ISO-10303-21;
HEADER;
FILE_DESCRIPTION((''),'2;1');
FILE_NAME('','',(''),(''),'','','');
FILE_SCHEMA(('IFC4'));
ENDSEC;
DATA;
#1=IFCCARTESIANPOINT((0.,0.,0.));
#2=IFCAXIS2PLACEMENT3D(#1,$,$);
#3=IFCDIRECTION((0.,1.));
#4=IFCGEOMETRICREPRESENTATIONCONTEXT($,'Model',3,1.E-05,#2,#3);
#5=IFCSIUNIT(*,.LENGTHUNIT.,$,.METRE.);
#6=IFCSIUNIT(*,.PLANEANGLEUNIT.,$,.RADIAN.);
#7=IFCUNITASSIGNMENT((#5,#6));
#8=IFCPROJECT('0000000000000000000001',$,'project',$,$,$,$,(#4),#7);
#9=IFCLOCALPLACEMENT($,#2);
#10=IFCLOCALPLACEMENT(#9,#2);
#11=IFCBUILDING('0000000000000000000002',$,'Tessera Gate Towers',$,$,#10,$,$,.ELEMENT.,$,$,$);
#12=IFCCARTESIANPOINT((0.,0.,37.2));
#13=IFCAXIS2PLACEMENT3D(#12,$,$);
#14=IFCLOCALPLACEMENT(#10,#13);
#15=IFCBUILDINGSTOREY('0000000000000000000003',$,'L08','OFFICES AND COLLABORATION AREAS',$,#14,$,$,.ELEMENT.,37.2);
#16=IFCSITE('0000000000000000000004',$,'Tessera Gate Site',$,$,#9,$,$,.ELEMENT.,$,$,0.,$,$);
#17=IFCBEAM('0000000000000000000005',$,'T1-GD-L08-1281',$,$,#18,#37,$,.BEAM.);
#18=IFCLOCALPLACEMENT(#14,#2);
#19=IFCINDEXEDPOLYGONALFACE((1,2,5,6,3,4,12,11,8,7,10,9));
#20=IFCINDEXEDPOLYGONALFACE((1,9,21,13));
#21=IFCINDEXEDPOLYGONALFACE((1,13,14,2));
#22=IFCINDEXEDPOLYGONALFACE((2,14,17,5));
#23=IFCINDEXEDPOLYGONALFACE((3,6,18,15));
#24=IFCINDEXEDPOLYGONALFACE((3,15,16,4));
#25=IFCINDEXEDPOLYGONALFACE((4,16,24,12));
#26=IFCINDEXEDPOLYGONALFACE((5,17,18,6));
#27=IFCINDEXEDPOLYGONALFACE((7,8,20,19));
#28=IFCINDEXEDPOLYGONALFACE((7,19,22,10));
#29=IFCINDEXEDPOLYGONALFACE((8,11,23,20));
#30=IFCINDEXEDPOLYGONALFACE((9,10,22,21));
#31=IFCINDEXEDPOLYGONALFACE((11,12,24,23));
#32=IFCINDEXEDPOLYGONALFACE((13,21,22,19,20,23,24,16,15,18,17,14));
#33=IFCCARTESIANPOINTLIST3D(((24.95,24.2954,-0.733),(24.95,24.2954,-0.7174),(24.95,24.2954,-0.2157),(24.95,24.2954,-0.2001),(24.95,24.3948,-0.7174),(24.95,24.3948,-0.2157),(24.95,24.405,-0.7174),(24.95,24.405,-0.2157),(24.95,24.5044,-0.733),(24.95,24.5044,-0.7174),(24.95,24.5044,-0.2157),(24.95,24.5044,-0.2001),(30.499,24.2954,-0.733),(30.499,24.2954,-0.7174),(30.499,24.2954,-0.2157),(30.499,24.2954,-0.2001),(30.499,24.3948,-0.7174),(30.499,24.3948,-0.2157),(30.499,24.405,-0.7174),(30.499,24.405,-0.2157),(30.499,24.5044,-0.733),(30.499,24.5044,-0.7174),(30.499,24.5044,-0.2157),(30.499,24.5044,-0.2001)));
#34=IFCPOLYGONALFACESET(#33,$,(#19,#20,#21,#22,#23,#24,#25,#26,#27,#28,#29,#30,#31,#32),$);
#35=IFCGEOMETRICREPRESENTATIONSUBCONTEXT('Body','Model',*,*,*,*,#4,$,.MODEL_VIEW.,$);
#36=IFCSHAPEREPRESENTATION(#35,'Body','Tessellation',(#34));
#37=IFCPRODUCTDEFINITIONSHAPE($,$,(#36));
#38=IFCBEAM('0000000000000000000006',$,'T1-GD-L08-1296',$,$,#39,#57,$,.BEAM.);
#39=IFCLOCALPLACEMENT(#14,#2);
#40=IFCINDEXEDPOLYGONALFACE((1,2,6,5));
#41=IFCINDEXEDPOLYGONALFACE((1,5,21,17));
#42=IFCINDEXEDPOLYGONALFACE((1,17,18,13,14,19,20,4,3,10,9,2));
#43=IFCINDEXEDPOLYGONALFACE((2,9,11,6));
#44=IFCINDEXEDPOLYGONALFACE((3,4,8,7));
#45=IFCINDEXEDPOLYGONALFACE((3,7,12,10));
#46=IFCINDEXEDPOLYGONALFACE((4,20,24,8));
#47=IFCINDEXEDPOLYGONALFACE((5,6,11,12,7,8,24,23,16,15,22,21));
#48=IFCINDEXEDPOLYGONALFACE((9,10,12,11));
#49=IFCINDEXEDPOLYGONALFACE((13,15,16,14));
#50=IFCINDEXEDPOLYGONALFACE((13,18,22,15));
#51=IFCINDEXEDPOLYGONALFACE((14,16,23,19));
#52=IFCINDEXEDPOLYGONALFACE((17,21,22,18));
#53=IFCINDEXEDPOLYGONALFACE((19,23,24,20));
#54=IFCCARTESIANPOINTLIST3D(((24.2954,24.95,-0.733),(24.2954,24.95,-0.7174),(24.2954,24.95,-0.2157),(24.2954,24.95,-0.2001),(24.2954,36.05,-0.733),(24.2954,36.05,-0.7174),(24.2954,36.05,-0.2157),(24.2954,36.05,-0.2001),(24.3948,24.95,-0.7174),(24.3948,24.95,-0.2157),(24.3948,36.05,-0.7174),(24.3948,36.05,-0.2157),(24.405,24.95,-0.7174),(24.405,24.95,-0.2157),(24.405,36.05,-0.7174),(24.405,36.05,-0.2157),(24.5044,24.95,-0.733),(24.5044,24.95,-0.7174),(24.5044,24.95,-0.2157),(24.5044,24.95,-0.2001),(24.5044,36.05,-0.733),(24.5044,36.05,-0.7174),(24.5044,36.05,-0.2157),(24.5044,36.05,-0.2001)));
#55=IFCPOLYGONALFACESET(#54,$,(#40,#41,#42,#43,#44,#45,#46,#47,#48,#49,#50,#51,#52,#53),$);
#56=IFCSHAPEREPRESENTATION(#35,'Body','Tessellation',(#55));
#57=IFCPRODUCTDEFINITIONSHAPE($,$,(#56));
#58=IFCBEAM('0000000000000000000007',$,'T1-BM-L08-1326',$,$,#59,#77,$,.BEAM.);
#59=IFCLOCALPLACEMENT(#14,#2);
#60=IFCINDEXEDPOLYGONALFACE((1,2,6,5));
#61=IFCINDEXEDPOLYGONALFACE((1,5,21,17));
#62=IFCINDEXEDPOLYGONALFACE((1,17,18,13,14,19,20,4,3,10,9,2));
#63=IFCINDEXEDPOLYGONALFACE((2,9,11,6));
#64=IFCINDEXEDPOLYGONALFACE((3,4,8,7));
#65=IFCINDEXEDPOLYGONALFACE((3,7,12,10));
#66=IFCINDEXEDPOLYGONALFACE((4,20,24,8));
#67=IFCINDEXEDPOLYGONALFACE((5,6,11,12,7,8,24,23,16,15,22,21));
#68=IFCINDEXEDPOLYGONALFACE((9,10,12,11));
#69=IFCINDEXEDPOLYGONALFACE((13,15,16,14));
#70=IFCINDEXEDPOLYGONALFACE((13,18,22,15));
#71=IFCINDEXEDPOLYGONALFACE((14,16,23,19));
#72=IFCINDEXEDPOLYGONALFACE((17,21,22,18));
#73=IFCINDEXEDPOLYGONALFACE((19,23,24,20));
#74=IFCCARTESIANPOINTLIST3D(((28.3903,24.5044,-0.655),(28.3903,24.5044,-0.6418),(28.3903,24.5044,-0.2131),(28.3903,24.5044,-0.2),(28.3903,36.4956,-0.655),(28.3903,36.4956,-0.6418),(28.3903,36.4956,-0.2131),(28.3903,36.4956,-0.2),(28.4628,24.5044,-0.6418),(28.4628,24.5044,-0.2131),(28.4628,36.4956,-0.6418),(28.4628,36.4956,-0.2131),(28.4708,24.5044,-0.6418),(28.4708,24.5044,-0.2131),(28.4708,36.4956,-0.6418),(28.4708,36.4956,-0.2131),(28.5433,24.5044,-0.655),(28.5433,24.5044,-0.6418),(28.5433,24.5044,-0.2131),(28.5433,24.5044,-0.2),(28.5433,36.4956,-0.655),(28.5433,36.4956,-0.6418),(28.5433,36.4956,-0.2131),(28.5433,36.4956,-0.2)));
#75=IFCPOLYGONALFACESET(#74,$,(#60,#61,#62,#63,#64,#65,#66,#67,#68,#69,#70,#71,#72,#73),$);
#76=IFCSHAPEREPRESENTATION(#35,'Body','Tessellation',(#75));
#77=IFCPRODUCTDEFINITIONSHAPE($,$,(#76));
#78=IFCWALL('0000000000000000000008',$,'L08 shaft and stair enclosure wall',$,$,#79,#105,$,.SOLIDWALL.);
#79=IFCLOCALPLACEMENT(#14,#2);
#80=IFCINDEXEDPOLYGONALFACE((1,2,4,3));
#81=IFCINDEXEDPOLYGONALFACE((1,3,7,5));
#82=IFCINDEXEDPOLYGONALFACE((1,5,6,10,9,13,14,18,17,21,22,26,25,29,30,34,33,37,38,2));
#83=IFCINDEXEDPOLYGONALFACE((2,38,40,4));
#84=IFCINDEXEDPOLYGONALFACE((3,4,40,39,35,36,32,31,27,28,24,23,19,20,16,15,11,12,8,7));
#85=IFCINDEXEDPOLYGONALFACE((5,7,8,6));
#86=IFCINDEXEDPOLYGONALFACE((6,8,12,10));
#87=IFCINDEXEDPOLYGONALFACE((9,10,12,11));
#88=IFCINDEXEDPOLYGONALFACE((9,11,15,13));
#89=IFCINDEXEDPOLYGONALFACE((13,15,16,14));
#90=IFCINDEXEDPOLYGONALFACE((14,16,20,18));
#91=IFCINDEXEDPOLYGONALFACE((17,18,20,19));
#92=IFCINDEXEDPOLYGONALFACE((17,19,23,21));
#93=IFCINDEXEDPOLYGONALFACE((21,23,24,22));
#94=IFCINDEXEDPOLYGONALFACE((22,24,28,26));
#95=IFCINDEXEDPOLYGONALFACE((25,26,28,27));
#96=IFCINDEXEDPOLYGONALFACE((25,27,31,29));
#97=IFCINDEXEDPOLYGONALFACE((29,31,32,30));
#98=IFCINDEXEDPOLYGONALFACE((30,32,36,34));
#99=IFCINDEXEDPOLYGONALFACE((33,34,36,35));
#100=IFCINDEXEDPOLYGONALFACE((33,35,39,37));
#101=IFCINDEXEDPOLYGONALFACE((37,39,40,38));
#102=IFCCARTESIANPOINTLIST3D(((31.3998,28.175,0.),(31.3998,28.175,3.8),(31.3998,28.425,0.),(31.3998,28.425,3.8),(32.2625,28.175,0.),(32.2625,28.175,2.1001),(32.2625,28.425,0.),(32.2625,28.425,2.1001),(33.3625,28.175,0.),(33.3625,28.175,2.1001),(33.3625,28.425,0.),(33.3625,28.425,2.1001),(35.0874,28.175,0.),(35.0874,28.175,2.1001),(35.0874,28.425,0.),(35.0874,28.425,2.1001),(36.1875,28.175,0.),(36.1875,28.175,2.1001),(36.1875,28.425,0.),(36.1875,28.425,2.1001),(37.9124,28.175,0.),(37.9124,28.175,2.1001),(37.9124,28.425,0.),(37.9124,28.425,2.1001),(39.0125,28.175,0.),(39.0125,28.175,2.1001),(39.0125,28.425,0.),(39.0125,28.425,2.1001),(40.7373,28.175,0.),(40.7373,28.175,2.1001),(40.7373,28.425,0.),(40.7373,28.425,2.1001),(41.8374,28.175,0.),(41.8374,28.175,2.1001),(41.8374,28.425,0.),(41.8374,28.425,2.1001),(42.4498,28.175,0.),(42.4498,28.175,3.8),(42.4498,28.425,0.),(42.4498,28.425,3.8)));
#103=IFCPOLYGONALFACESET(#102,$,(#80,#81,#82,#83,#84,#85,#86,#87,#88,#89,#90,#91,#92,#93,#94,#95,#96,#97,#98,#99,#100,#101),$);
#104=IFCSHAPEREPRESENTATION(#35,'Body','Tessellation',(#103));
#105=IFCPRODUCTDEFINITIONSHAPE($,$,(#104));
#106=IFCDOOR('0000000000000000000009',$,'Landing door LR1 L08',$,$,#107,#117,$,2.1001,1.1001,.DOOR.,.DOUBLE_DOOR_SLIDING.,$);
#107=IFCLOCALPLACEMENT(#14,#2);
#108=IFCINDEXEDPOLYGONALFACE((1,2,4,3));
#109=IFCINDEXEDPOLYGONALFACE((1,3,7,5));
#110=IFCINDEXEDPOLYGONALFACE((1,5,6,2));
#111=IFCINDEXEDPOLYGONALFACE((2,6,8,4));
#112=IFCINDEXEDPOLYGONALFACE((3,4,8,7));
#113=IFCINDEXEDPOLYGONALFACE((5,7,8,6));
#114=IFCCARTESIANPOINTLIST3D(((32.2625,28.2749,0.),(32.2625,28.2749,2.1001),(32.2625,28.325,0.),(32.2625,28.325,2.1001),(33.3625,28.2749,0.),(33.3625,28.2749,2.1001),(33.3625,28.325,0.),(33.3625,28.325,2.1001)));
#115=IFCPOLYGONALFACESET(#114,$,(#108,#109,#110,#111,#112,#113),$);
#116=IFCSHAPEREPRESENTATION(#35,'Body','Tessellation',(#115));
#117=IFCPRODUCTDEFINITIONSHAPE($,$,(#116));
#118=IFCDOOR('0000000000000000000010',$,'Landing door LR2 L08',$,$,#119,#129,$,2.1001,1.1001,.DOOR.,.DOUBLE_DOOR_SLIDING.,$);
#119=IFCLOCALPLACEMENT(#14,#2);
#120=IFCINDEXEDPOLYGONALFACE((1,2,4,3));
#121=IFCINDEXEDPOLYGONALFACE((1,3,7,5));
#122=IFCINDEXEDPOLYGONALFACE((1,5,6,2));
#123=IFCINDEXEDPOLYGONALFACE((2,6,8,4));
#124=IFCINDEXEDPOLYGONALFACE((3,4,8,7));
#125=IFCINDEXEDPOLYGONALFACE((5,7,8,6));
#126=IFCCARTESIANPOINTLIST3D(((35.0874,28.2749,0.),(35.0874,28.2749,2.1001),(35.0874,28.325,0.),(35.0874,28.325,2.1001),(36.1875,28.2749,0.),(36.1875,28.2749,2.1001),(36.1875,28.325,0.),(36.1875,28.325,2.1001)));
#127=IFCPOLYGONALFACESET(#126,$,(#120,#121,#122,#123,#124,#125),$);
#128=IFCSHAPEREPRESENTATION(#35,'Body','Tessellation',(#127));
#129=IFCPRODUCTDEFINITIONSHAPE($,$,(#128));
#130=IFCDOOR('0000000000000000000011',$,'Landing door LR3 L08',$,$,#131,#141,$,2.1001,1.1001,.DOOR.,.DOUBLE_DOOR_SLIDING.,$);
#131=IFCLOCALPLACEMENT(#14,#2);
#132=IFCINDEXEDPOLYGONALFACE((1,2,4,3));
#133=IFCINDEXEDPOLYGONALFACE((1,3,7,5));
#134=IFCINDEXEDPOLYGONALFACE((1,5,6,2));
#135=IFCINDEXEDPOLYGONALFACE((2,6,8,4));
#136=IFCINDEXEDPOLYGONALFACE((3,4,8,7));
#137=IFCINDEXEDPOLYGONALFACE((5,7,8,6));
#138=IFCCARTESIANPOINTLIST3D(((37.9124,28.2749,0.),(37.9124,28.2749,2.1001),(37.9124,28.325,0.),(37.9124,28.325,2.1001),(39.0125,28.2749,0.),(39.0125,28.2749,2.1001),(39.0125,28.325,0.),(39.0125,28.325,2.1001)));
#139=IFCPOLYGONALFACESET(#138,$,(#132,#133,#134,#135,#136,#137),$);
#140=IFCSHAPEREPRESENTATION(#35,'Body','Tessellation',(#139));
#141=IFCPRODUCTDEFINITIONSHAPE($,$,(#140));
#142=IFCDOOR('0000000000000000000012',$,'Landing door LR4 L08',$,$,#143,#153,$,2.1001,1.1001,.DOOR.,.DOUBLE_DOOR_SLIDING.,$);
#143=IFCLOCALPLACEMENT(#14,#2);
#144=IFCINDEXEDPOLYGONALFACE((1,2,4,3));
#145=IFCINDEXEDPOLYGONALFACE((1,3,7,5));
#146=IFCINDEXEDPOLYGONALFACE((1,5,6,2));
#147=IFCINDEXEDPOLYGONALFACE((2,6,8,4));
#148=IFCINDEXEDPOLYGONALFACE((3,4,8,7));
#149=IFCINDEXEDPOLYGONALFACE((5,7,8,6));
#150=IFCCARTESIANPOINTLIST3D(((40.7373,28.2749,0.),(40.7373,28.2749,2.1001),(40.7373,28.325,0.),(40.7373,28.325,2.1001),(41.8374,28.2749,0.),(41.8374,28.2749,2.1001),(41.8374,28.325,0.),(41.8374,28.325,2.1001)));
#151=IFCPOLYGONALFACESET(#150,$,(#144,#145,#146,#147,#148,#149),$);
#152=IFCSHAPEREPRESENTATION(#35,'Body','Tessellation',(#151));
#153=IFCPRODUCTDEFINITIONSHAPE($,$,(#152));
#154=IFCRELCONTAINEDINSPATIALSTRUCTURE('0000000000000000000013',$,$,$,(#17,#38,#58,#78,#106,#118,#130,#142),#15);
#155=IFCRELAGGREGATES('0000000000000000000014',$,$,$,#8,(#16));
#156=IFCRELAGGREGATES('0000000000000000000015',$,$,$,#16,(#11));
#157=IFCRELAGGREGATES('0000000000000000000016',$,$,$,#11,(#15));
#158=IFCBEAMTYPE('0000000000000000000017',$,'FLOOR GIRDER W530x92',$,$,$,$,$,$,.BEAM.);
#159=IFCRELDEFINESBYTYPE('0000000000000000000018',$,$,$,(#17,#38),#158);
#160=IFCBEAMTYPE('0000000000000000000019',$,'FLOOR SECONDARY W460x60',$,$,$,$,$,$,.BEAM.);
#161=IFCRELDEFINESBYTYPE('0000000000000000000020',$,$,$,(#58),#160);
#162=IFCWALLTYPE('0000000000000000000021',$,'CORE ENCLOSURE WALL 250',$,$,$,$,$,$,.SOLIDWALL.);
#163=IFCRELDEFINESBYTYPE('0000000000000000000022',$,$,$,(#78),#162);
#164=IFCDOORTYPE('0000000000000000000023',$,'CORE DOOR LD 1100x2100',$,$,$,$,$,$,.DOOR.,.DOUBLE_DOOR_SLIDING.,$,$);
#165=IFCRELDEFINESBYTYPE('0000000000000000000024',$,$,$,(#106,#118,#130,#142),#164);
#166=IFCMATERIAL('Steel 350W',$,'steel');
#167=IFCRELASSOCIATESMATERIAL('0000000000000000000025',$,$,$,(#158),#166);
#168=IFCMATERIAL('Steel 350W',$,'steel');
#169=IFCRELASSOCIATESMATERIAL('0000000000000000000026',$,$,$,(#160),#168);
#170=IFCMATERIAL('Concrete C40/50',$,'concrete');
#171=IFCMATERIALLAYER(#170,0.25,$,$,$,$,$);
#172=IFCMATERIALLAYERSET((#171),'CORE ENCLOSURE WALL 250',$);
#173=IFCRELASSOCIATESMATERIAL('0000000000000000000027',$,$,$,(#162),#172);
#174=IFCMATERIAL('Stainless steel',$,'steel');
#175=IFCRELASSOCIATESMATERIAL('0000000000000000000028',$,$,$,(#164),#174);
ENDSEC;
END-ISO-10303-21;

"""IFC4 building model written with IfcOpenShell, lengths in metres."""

from ifc_helpers import new_model, si_unit, direction, frame, frame_2d, origin, origin_2d, place, context, subcontext, project, spatial, rectangle, i_section, extrude, source, transform, mapped, material, layer, layer_set, material_profile, profile_set, type_object, element, fill, save


model = new_model("IFC4")

# Units and contexts
model_context = context("Model", 3, precision=1e-05, world=origin(), true_north=direction((0.0, 1.0)))
body_context = subcontext(model_context, "Body", "Model", "MODEL_VIEW")
ifc_project = project(units=[si_unit("LENGTHUNIT", "METRE"), si_unit("PLANEANGLEUNIT", "RADIAN")], contexts=[model_context])

# Site, building, storey
site_placement = place(None, origin())
site = spatial("IfcSite", under=ifc_project, at=site_placement, Name="Tessera Gate Site", CompositionType="ELEMENT", RefElevation=0.0)
building_placement = place(site_placement, origin())
building = spatial("IfcBuilding", under=site, at=building_placement, Name="Tessera Gate Towers", CompositionType="ELEMENT")
storey_placement = place(building_placement, frame((0.0, 0.0, 37.2)))
storey = spatial("IfcBuildingStorey", under=building, at=storey_placement, Name="L08", Description="OFFICES AND COLLABORATION AREAS", CompositionType="ELEMENT", Elevation=37.2)

# Beams
ifc_material_1 = material(Name="Steel 350W", Category="steel")
ifc_material_profile_1 = material_profile(ifc_material_1, i_section(OverallWidth=0.209, OverallDepth=0.533, WebThickness=0.0103, FlangeThickness=0.0156, at=origin_2d()), Name="W530x92")
ifc_profile_set_1 = profile_set([ifc_material_profile_1], Name="Steel 350W")
beam_type_1 = type_object("IfcBeamType", Name="FLOOR GIRDER W530x92", PredefinedType="BEAM", material=ifc_profile_set_1)
beam_1_placement = place(storey_placement, frame((24.95, 24.3999, -0.4666), z_axis=(1.0, 0.0, 0.0), x_axis=(0.0, 1.0, 0.0)))
element("IfcBeam", 1, at=beam_1_placement, inside=storey, type_object=beam_type_1, Name="T1-GD-L08-1281", PredefinedType="BEAM", context=body_context, shape_type="SweptSolid", body=[
    extrude(i_section(OverallWidth=0.209, OverallDepth=0.533, WebThickness=0.0103, FlangeThickness=0.0156, at=origin_2d()), origin(), (0.0, 0.0, 1.0), 5.5491),
])
beam_2_placement = place(storey_placement, frame((24.3999, 24.95, -0.4666), z_axis=(0.0, 1.0, 0.0), x_axis=(-1.0, 0.0, 0.0)))
element("IfcBeam", 2, at=beam_2_placement, inside=storey, type_object=beam_type_1, Name="T1-GD-L08-1296", PredefinedType="BEAM", context=body_context, shape_type="SweptSolid", body=[
    extrude(i_section(OverallWidth=0.209, OverallDepth=0.533, WebThickness=0.0103, FlangeThickness=0.0156, at=origin_2d()), origin(), (0.0, 0.0, 1.0), 11.1001),
])
ifc_material_2 = material(Name="Steel 350W", Category="steel")
ifc_material_profile_2 = material_profile(ifc_material_2, i_section(OverallWidth=0.1531, OverallDepth=0.4551, WebThickness=0.0081, FlangeThickness=0.0132, at=origin_2d()), Name="W460x60")
ifc_profile_set_2 = profile_set([ifc_material_profile_2], Name="Steel 350W")
beam_type_2 = type_object("IfcBeamType", Name="FLOOR SECONDARY W460x60", PredefinedType="BEAM", material=ifc_profile_set_2)
beam_3_placement = place(storey_placement, frame((28.4668, 24.5044, -0.4275), z_axis=(0.0, 1.0, 0.0), x_axis=(-1.0, 0.0, 0.0)))
element("IfcBeam", 3, at=beam_3_placement, inside=storey, type_object=beam_type_2, Name="T1-BM-L08-1326", PredefinedType="BEAM", context=body_context, shape_type="SweptSolid", body=[
    extrude(i_section(OverallWidth=0.1531, OverallDepth=0.4551, WebThickness=0.0081, FlangeThickness=0.0132, at=origin_2d()), origin(), (0.0, 0.0, 1.0), 11.9912),
])

# Wall, openings, doors
ifc_material_3 = material(Name="Concrete C40/50", Category="concrete")
ifc_layer_1 = layer(ifc_material_3, 0.25)
ifc_layer_set_1 = layer_set([ifc_layer_1], Name="CORE ENCLOSURE WALL 250")
wall_type_1 = type_object("IfcWallType", Name="CORE ENCLOSURE WALL 250", PredefinedType="SOLIDWALL", material=ifc_layer_set_1)
wall_1_placement = place(storey_placement, frame((31.3999, 28.3, 0.0), z_axis=(0.0, 0.0, 1.0), x_axis=(1.0, 0.0, 0.0)))
wall_1 = element("IfcWall", 4, at=wall_1_placement, inside=storey, type_object=wall_type_1, Name="L08 shaft and stair enclosure wall", PredefinedType="SOLIDWALL", context=body_context, shape_type="SweptSolid", body=[
    extrude(rectangle(XDim=11.05, YDim=0.25, at=frame_2d((5.5249, 0.0))), origin(), (0.0, 0.0, 1.0), 3.8),
])
shared_shape_1 = source(origin(), body_context, "Body", "SweptSolid", [
    extrude(rectangle(XDim=1.1001, YDim=2.1001, at=frame_2d((0.55, 1.05))), frame((0.0, 0.135, 0.0), z_axis=(0.0, -1.0, 0.0), x_axis=(1.0, 0.0, 0.0)), (0.0, 0.0, 1.0), 0.27),
])
opening_1_placement = place(wall_1_placement, frame((0.8625, 0.0, 0.0)))
opening_1 = element("IfcOpeningElement", 5, at=opening_1_placement, cuts=wall_1, PredefinedType="OPENING", context=body_context, shape_type="MappedRepresentation", body=[
    mapped(shared_shape_1, transform((0.0, 0.0, 0.0), scale=1.0)),
])
opening_2_placement = place(wall_1_placement, frame((3.6875, 0.0, 0.0)))
opening_2 = element("IfcOpeningElement", 6, at=opening_2_placement, cuts=wall_1, PredefinedType="OPENING", context=body_context, shape_type="MappedRepresentation", body=[
    mapped(shared_shape_1, transform((0.0, 0.0, 0.0), scale=1.0)),
])
opening_3_placement = place(wall_1_placement, frame((6.5125, 0.0, 0.0)))
opening_3 = element("IfcOpeningElement", 7, at=opening_3_placement, cuts=wall_1, PredefinedType="OPENING", context=body_context, shape_type="MappedRepresentation", body=[
    mapped(shared_shape_1, transform((0.0, 0.0, 0.0), scale=1.0)),
])
opening_4_placement = place(wall_1_placement, frame((9.3374, 0.0, 0.0)))
opening_4 = element("IfcOpeningElement", 8, at=opening_4_placement, cuts=wall_1, PredefinedType="OPENING", context=body_context, shape_type="MappedRepresentation", body=[
    mapped(shared_shape_1, transform((0.0, 0.0, 0.0), scale=1.0)),
])
ifc_material_4 = material(Name="Stainless steel", Category="steel")
door_type_1 = type_object("IfcDoorType", Name="CORE DOOR LD 1100x2100", OperationType="DOUBLE_DOOR_SLIDING", PredefinedType="DOOR", material=ifc_material_4)
shared_shape_2 = source(origin(), body_context, "Body", "SweptSolid", [
    extrude(rectangle(XDim=1.1001, YDim=2.1001, at=frame_2d((0.55, 1.05))), frame((0.0, 0.0249, 0.0), z_axis=(0.0, -1.0, 0.0), x_axis=(1.0, 0.0, 0.0)), (0.0, 0.0, 1.0), 0.05),
])
door_1_placement = place(opening_1_placement, origin())
door_1 = element("IfcDoor", 9, at=door_1_placement, inside=storey, type_object=door_type_1, Name="Landing door LR1 L08", OperationType="DOUBLE_DOOR_SLIDING", OverallHeight=2.1001, OverallWidth=1.1001, PredefinedType="DOOR", context=body_context, shape_type="MappedRepresentation", body=[
    mapped(shared_shape_2, transform((0.0, 0.0, 0.0), scale=1.0)),
])
fill(opening_1, door_1)
door_2_placement = place(opening_2_placement, origin())
door_2 = element("IfcDoor", 10, at=door_2_placement, inside=storey, type_object=door_type_1, Name="Landing door LR2 L08", OperationType="DOUBLE_DOOR_SLIDING", OverallHeight=2.1001, OverallWidth=1.1001, PredefinedType="DOOR", context=body_context, shape_type="MappedRepresentation", body=[
    mapped(shared_shape_2, transform((0.0, 0.0, 0.0), scale=1.0)),
])
fill(opening_2, door_2)
door_3_placement = place(opening_3_placement, origin())
door_3 = element("IfcDoor", 11, at=door_3_placement, inside=storey, type_object=door_type_1, Name="Landing door LR3 L08", OperationType="DOUBLE_DOOR_SLIDING", OverallHeight=2.1001, OverallWidth=1.1001, PredefinedType="DOOR", context=body_context, shape_type="MappedRepresentation", body=[
    mapped(shared_shape_2, transform((0.0, 0.0, 0.0), scale=1.0)),
])
fill(opening_3, door_3)
door_4_placement = place(opening_4_placement, origin())
door_4 = element("IfcDoor", 12, at=door_4_placement, inside=storey, type_object=door_type_1, Name="Landing door LR4 L08", OperationType="DOUBLE_DOOR_SLIDING", OverallHeight=2.1001, OverallWidth=1.1001, PredefinedType="DOOR", context=body_context, shape_type="MappedRepresentation", body=[
    mapped(shared_shape_2, transform((0.0, 0.0, 0.0), scale=1.0)),
])
fill(opening_4, door_4)

save(model, "model.ifc")
